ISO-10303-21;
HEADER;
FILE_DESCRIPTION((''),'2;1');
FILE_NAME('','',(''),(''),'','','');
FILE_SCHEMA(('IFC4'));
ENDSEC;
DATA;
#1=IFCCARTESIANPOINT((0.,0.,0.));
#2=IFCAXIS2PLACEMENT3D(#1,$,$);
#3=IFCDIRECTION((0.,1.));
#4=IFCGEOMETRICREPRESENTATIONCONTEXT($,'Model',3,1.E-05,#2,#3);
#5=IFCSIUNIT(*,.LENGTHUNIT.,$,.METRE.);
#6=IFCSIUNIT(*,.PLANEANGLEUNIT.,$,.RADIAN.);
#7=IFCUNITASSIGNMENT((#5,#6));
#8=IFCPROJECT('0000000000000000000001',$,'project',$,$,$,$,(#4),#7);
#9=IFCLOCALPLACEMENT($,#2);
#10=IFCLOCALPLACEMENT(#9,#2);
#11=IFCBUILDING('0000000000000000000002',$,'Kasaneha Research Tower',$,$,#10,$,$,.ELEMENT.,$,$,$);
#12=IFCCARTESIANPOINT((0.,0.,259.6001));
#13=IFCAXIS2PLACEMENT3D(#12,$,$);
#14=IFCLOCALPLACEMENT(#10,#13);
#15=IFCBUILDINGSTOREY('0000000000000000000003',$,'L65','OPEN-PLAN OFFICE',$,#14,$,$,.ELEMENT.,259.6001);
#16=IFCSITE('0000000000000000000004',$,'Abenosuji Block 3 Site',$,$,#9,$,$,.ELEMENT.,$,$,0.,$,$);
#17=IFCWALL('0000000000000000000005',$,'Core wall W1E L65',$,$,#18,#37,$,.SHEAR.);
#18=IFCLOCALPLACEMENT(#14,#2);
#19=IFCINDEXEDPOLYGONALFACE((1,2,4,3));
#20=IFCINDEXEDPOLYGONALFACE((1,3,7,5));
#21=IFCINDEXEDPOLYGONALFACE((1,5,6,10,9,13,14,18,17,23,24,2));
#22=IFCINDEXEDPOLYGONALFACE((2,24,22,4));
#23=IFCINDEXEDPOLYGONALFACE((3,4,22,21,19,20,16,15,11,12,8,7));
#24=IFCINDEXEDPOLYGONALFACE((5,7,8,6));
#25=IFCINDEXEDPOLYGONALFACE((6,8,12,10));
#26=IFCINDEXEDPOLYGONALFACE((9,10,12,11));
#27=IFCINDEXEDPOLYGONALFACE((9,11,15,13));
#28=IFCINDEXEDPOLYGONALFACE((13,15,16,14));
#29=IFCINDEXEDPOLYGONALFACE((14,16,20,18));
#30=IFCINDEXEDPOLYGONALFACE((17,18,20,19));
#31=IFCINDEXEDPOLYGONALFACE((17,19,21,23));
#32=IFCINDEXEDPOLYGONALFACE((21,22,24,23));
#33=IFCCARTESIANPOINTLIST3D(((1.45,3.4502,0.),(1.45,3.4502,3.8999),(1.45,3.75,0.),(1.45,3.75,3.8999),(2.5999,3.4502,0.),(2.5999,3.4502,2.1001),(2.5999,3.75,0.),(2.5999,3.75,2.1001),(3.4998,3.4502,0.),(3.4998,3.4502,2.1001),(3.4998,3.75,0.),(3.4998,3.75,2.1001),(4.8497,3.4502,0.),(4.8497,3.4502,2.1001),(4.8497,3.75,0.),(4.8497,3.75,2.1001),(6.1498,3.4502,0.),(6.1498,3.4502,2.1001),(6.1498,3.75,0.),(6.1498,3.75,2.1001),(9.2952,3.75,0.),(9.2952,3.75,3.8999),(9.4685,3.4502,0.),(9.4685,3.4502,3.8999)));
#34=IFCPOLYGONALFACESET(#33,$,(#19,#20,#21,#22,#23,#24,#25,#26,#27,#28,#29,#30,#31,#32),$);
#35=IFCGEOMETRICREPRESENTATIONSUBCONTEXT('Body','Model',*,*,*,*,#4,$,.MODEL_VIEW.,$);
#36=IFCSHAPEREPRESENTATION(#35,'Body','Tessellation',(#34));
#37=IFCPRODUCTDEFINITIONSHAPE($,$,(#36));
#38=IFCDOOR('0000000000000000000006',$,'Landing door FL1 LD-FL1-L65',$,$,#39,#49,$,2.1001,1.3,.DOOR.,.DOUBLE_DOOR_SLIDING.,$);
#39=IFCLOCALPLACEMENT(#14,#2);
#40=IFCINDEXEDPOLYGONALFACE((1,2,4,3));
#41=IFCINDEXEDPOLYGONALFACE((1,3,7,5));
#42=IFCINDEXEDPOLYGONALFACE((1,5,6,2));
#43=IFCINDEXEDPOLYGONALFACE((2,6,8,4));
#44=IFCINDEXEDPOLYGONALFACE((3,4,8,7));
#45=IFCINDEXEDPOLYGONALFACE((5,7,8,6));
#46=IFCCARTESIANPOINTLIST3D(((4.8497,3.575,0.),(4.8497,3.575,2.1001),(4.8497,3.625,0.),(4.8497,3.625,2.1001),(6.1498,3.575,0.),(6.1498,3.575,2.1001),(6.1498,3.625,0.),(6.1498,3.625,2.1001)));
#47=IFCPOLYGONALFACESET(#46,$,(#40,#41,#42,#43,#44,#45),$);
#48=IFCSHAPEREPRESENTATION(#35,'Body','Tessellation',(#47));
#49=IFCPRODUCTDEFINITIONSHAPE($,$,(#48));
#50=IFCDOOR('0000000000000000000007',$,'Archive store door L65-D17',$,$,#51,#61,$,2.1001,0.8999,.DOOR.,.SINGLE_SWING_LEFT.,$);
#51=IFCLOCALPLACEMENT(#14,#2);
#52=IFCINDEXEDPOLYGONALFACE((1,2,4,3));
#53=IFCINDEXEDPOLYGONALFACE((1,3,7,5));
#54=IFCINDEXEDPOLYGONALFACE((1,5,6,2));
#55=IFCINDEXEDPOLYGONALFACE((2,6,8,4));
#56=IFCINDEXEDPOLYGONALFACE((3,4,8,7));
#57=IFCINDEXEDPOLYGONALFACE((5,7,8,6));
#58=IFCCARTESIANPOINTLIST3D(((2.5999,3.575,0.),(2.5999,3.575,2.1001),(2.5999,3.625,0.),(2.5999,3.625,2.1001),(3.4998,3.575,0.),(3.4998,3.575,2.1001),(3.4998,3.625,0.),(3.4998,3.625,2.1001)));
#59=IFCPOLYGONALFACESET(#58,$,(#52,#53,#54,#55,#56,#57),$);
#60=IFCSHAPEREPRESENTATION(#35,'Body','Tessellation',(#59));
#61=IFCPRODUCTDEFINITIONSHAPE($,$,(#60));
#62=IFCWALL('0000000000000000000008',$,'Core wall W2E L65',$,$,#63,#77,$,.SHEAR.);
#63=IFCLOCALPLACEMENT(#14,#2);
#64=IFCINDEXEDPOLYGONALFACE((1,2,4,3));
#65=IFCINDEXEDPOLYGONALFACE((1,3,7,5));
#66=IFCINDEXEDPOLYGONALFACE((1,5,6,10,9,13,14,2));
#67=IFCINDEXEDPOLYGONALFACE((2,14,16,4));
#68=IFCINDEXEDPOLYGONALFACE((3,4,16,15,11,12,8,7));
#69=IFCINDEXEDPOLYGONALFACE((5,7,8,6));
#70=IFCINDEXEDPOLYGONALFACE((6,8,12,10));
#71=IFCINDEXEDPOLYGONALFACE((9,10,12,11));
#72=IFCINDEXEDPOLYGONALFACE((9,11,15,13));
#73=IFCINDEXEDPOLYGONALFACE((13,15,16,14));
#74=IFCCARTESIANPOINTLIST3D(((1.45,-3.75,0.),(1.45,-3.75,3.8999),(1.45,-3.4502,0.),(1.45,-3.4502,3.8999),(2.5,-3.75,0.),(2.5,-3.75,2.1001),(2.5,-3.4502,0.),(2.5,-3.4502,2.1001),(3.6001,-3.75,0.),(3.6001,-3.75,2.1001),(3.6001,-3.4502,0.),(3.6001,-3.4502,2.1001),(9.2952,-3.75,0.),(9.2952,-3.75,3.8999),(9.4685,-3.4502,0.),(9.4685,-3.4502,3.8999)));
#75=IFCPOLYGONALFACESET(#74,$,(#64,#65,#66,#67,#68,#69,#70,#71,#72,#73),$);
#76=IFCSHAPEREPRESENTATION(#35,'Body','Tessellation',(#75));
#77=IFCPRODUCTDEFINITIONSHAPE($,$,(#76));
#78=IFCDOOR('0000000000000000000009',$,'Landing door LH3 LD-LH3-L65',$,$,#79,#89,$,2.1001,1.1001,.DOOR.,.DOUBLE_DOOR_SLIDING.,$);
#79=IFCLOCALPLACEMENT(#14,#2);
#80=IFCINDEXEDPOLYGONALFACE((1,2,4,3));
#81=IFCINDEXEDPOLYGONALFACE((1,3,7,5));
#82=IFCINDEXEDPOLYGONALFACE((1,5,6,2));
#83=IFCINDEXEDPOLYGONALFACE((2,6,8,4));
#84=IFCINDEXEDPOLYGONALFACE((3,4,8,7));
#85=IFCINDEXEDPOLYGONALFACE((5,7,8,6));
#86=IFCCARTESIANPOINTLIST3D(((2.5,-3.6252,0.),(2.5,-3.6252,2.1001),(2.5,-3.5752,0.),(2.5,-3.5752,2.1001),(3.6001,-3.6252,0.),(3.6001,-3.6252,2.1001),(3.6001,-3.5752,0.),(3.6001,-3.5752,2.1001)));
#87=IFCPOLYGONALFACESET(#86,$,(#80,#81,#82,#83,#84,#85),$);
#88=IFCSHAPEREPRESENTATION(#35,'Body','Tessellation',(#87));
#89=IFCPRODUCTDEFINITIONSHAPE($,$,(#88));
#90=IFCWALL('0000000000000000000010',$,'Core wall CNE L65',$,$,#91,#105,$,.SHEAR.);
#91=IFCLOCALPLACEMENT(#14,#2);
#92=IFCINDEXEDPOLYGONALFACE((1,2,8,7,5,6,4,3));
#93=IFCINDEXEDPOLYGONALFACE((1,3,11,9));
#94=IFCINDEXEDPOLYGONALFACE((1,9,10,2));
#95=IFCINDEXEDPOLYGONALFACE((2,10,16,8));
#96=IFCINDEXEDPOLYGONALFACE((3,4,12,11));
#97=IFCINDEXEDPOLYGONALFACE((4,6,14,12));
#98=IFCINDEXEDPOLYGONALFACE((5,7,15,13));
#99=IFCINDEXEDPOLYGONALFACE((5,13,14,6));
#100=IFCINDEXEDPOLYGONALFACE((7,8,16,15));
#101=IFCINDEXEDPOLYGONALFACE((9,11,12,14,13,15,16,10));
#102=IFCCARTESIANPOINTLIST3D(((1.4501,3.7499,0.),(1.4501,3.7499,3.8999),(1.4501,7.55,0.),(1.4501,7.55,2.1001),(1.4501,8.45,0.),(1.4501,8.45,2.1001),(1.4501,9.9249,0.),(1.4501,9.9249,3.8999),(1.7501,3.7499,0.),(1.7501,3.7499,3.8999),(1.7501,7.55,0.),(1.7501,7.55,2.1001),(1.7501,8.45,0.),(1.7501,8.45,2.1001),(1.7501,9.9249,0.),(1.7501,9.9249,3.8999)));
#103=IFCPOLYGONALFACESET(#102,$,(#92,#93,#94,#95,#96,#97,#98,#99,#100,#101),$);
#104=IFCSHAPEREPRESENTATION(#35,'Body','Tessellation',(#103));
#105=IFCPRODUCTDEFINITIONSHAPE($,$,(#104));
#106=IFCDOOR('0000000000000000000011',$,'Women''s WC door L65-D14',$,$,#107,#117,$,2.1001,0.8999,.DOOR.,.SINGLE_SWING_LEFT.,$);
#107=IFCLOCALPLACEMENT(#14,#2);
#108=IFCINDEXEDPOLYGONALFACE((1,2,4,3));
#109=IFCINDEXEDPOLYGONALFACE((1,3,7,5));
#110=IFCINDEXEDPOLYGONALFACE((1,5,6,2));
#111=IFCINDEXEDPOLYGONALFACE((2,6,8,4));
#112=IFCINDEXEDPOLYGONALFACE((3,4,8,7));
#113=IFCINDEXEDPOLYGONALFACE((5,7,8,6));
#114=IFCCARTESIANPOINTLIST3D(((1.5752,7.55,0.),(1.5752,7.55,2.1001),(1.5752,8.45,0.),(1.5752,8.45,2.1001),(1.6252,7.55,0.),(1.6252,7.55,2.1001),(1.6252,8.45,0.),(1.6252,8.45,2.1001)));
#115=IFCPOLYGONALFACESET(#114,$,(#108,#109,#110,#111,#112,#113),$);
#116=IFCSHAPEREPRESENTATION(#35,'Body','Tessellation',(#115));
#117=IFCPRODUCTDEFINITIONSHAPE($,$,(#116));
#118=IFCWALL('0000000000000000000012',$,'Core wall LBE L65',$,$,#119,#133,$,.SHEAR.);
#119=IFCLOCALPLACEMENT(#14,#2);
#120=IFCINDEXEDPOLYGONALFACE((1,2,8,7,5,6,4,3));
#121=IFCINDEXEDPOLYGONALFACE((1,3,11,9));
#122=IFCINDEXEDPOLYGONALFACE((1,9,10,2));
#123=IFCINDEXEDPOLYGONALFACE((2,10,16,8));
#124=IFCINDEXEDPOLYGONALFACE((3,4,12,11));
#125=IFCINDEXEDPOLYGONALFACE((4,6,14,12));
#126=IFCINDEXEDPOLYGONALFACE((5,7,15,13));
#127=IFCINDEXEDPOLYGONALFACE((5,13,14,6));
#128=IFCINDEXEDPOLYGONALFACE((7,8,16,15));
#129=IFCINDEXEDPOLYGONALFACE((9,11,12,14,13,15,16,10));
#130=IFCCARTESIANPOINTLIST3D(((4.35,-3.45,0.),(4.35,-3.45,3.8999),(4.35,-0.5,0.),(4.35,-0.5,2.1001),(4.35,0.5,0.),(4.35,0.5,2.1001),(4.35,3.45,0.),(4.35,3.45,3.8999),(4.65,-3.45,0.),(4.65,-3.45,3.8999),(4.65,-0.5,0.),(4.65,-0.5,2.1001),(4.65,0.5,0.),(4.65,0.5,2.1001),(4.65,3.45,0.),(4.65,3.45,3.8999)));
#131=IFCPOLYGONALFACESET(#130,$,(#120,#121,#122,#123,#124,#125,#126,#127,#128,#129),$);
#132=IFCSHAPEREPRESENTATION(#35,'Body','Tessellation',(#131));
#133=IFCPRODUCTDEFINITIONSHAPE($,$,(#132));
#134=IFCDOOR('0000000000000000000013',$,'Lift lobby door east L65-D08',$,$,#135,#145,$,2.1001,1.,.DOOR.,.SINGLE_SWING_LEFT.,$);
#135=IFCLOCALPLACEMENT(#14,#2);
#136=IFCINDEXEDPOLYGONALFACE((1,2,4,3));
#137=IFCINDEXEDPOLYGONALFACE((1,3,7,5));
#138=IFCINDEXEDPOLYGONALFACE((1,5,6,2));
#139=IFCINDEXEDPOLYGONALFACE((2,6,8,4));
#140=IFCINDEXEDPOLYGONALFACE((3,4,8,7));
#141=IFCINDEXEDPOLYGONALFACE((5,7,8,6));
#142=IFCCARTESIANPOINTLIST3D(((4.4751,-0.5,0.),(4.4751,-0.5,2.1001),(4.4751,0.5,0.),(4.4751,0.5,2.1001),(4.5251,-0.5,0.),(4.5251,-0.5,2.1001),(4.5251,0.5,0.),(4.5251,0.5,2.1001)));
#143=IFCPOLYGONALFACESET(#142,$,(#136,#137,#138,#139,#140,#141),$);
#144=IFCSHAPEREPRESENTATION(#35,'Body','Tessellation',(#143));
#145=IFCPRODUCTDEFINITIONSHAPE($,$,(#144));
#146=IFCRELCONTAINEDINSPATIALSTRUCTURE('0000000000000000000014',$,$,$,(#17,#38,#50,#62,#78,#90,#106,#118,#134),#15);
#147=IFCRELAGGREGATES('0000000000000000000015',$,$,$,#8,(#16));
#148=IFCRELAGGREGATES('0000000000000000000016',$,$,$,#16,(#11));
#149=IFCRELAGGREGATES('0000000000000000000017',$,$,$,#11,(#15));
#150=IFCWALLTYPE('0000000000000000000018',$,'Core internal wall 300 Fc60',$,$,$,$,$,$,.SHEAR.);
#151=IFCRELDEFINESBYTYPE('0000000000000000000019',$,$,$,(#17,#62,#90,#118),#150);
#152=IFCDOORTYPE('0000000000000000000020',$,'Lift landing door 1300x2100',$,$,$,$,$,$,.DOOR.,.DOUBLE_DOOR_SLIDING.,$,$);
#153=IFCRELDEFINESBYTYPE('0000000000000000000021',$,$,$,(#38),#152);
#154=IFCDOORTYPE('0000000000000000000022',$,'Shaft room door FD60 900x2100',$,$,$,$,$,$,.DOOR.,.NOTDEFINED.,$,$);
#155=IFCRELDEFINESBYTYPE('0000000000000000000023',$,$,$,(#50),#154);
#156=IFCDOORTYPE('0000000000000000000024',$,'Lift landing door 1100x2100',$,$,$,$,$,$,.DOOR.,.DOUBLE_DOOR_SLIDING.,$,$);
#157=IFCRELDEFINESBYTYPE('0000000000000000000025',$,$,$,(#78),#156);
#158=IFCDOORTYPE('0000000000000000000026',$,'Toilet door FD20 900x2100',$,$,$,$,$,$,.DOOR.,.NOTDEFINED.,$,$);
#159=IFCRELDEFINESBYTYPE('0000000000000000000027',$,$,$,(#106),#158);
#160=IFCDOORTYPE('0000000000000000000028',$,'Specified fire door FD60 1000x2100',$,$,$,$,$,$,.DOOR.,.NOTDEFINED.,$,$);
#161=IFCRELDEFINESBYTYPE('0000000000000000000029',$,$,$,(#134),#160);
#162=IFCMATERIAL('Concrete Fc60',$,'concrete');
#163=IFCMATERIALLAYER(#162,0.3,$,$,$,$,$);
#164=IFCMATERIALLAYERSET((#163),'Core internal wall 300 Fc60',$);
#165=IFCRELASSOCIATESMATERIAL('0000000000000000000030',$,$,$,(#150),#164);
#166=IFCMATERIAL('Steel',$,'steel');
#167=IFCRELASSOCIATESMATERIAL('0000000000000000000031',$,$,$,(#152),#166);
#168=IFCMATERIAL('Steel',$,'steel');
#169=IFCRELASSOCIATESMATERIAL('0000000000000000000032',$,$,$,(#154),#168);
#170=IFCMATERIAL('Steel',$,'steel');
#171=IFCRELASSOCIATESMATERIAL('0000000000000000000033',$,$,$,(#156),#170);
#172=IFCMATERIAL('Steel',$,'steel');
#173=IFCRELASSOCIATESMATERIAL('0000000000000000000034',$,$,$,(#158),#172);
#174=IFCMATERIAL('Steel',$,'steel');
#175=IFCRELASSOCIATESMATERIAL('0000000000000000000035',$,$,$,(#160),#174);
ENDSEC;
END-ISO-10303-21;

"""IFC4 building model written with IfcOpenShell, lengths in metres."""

from ifc_helpers import new_model, si_unit, direction, frame, frame_2d, origin, place, context, subcontext, project, spatial, polyline, rectangle, outline, extrude, material, layer, layer_set, type_object, element, fill, save


model = new_model("IFC4")

# Units and contexts
model_context = context("Model", 3, precision=1e-05, world=origin(), true_north=direction((0.0, 1.0)))
body_context = subcontext(model_context, "Body", "Model", "MODEL_VIEW")
ifc_project = project(units=[si_unit("LENGTHUNIT", "METRE"), si_unit("PLANEANGLEUNIT", "RADIAN")], contexts=[model_context])

# Site, building, storey
site_placement = place(None, origin())
site = spatial("IfcSite", under=ifc_project, at=site_placement, Name="Abenosuji Block 3 Site", CompositionType="ELEMENT", RefElevation=0.0)
building_placement = place(site_placement, origin())
building = spatial("IfcBuilding", under=site, at=building_placement, Name="Kasaneha Research Tower", CompositionType="ELEMENT")
storey_placement = place(building_placement, frame((0.0, 0.0, 259.6001)))
storey = spatial("IfcBuildingStorey", under=building, at=storey_placement, Name="L65", Description="OPEN-PLAN OFFICE", CompositionType="ELEMENT", Elevation=259.6001)

# Wall, openings, doors
ifc_material_1 = material(Name="Concrete Fc60", Category="concrete")
ifc_layer_1 = layer(ifc_material_1, 0.3)
ifc_layer_set_1 = layer_set([ifc_layer_1], Name="Core internal wall 300 Fc60")
wall_type_1 = type_object("IfcWallType", Name="Core internal wall 300 Fc60", PredefinedType="SHEAR", material=ifc_layer_set_1)
wall_1_placement = place(storey_placement, frame((1.45, 3.6001, 0.0), z_axis=(0.0, 0.0, 1.0), x_axis=(1.0, 0.0, 0.0)))
wall_1 = element("IfcWall", 1, at=wall_1_placement, inside=storey, type_object=wall_type_1, Name="Core wall W1E L65", PredefinedType="SHEAR", context=body_context, shape_type="SweptSolid", body=[
    extrude(outline(polyline([(0.0, -0.1499), (1.1499, -0.1499), (2.0498, -0.1499), (3.3999, -0.1499), (4.7, -0.1499), (8.0186, -0.1499), (7.8452, 0.1499), (4.7, 0.1499), (3.3999, 0.1499), (2.0498, 0.1499), (1.1499, 0.1499), (0.0, 0.1499), (0.0, -0.1499)])), origin(), (0.0, 0.0, 1.0), 3.8999),
])
opening_1_placement = place(wall_1_placement, frame((1.1499, 0.0, 0.0)))
opening_1 = element("IfcOpeningElement", 2, at=opening_1_placement, cuts=wall_1, PredefinedType="OPENING", context=body_context, shape_type="SweptSolid", body=[
    extrude(rectangle(XDim=0.8999, YDim=2.1001, at=frame_2d((0.45, 1.05))), frame((0.0, 0.1602, 0.0), z_axis=(0.0, -1.0, 0.0), x_axis=(1.0, 0.0, 0.0)), (0.0, 0.0, 1.0), 0.3201),
])
opening_2_placement = place(wall_1_placement, frame((3.3999, 0.0, 0.0)))
opening_2 = element("IfcOpeningElement", 3, at=opening_2_placement, cuts=wall_1, PredefinedType="OPENING", context=body_context, shape_type="SweptSolid", body=[
    extrude(rectangle(XDim=1.3, YDim=2.1001, at=frame_2d((0.6499, 1.05))), frame((0.0, 0.1602, 0.0), z_axis=(0.0, -1.0, 0.0), x_axis=(1.0, 0.0, 0.0)), (0.0, 0.0, 1.0), 0.3201),
])
ifc_material_2 = material(Name="Steel", Category="steel")
door_type_1 = type_object("IfcDoorType", Name="Lift landing door 1300x2100", OperationType="DOUBLE_DOOR_SLIDING", PredefinedType="DOOR", material=ifc_material_2)
door_1_placement = place(opening_2_placement, origin())
door_1 = element("IfcDoor", 4, at=door_1_placement, inside=storey, type_object=door_type_1, Name="Landing door FL1 LD-FL1-L65", OperationType="DOUBLE_DOOR_SLIDING", OverallHeight=2.1001, OverallWidth=1.3, PredefinedType="DOOR", context=body_context, shape_type="SweptSolid", body=[
    extrude(rectangle(XDim=1.3, YDim=2.1001, at=frame_2d((0.6499, 1.05))), frame((0.0, 0.0249, 0.0), z_axis=(0.0, -1.0, 0.0), x_axis=(1.0, 0.0, 0.0)), (0.0, 0.0, 1.0), 0.05),
])
fill(opening_2, door_1)
ifc_material_3 = material(Name="Steel", Category="steel")
door_type_2 = type_object("IfcDoorType", Name="Shaft room door FD60 900x2100", OperationType="NOTDEFINED", PredefinedType="DOOR", material=ifc_material_3)
door_2_placement = place(opening_1_placement, origin())
door_2 = element("IfcDoor", 5, at=door_2_placement, inside=storey, type_object=door_type_2, Name="Archive store door L65-D17", OperationType="SINGLE_SWING_LEFT", OverallHeight=2.1001, OverallWidth=0.8999, PredefinedType="DOOR", context=body_context, shape_type="SweptSolid", body=[
    extrude(rectangle(XDim=0.8999, YDim=2.1001, at=frame_2d((0.45, 1.05))), frame((0.0, 0.0249, 0.0), z_axis=(0.0, -1.0, 0.0), x_axis=(1.0, 0.0, 0.0)), (0.0, 0.0, 1.0), 0.05),
])
fill(opening_1, door_2)

# Walls, openings, doors
wall_2_placement = place(storey_placement, frame((1.45, -3.6001, 0.0), z_axis=(0.0, 0.0, 1.0), x_axis=(1.0, 0.0, 0.0)))
wall_2 = element("IfcWall", 6, at=wall_2_placement, inside=storey, type_object=wall_type_1, Name="Core wall W2E L65", PredefinedType="SHEAR", context=body_context, shape_type="SweptSolid", body=[
    extrude(outline(polyline([(0.0, -0.1499), (1.05, -0.1499), (2.1501, -0.1499), (7.8452, -0.1499), (8.0186, 0.1499), (2.1501, 0.1499), (1.05, 0.1499), (0.0, 0.1499), (0.0, -0.1499)])), origin(), (0.0, 0.0, 1.0), 3.8999),
])
opening_3_placement = place(wall_2_placement, frame((1.05, 0.0, 0.0)))
opening_3 = element("IfcOpeningElement", 7, at=opening_3_placement, cuts=wall_2, PredefinedType="OPENING", context=body_context, shape_type="SweptSolid", body=[
    extrude(rectangle(XDim=1.1001, YDim=2.1001, at=frame_2d((0.55, 1.05))), frame((0.0, 0.1602, 0.0), z_axis=(0.0, -1.0, 0.0), x_axis=(1.0, 0.0, 0.0)), (0.0, 0.0, 1.0), 0.3201),
])
ifc_material_4 = material(Name="Steel", Category="steel")
door_type_3 = type_object("IfcDoorType", Name="Lift landing door 1100x2100", OperationType="DOUBLE_DOOR_SLIDING", PredefinedType="DOOR", material=ifc_material_4)
door_3_placement = place(opening_3_placement, origin())
door_3 = element("IfcDoor", 8, at=door_3_placement, inside=storey, type_object=door_type_3, Name="Landing door LH3 LD-LH3-L65", OperationType="DOUBLE_DOOR_SLIDING", OverallHeight=2.1001, OverallWidth=1.1001, PredefinedType="DOOR", context=body_context, shape_type="SweptSolid", body=[
    extrude(rectangle(XDim=1.1001, YDim=2.1001, at=frame_2d((0.55, 1.05))), frame((0.0, 0.0249, 0.0), z_axis=(0.0, -1.0, 0.0), x_axis=(1.0, 0.0, 0.0)), (0.0, 0.0, 1.0), 0.05),
])
fill(opening_3, door_3)
wall_3_placement = place(storey_placement, frame((1.6001, 3.75, 0.0), z_axis=(0.0, 0.0, 1.0), x_axis=(0.0, 1.0, 0.0)))
wall_3 = element("IfcWall", 9, at=wall_3_placement, inside=storey, type_object=wall_type_1, Name="Core wall CNE L65", PredefinedType="SHEAR", context=body_context, shape_type="SweptSolid", body=[
    extrude(rectangle(XDim=6.175, YDim=0.3, at=frame_2d((3.0874, 0.0))), origin(), (0.0, 0.0, 1.0), 3.8999),
])
opening_4_placement = place(wall_3_placement, frame((3.8, 0.0, 0.0)))
opening_4 = element("IfcOpeningElement", 10, at=opening_4_placement, cuts=wall_3, PredefinedType="OPENING", context=body_context, shape_type="SweptSolid", body=[
    extrude(rectangle(XDim=0.8999, YDim=2.1001, at=frame_2d((0.45, 1.05))), frame((0.0, 0.1602, 0.0), z_axis=(0.0, -1.0, 0.0), x_axis=(1.0, 0.0, 0.0)), (0.0, 0.0, 1.0), 0.3201),
])
ifc_material_5 = material(Name="Steel", Category="steel")
door_type_4 = type_object("IfcDoorType", Name="Toilet door FD20 900x2100", OperationType="NOTDEFINED", PredefinedType="DOOR", material=ifc_material_5)
door_4_placement = place(opening_4_placement, origin())
door_4 = element("IfcDoor", 11, at=door_4_placement, inside=storey, type_object=door_type_4, Name="Women's WC door L65-D14", OperationType="SINGLE_SWING_LEFT", OverallHeight=2.1001, OverallWidth=0.8999, PredefinedType="DOOR", context=body_context, shape_type="SweptSolid", body=[
    extrude(rectangle(XDim=0.8999, YDim=2.1001, at=frame_2d((0.45, 1.05))), frame((0.0, 0.0249, 0.0), z_axis=(0.0, -1.0, 0.0), x_axis=(1.0, 0.0, 0.0)), (0.0, 0.0, 1.0), 0.05),
])
fill(opening_4, door_4)
wall_4_placement = place(storey_placement, frame((4.5, -3.45, 0.0), z_axis=(0.0, 0.0, 1.0), x_axis=(0.0, 1.0, 0.0)))
wall_4 = element("IfcWall", 12, at=wall_4_placement, inside=storey, type_object=wall_type_1, Name="Core wall LBE L65", PredefinedType="SHEAR", context=body_context, shape_type="SweptSolid", body=[
    extrude(rectangle(XDim=6.8999, YDim=0.3, at=frame_2d((3.45, 0.0))), origin(), (0.0, 0.0, 1.0), 3.8999),
])
opening_5_placement = place(wall_4_placement, frame((2.95, 0.0, 0.0)))
opening_5 = element("IfcOpeningElement", 13, at=opening_5_placement, cuts=wall_4, PredefinedType="OPENING", context=body_context, shape_type="SweptSolid", body=[
    extrude(rectangle(XDim=1.0, YDim=2.1001, at=frame_2d((0.5, 1.05))), frame((0.0, 0.1602, 0.0), z_axis=(0.0, -1.0, 0.0), x_axis=(1.0, 0.0, 0.0)), (0.0, 0.0, 1.0), 0.3201),
])
ifc_material_6 = material(Name="Steel", Category="steel")
door_type_5 = type_object("IfcDoorType", Name="Specified fire door FD60 1000x2100", OperationType="NOTDEFINED", PredefinedType="DOOR", material=ifc_material_6)
door_5_placement = place(opening_5_placement, origin())
door_5 = element("IfcDoor", 14, at=door_5_placement, inside=storey, type_object=door_type_5, Name="Lift lobby door east L65-D08", OperationType="SINGLE_SWING_LEFT", OverallHeight=2.1001, OverallWidth=1.0, PredefinedType="DOOR", context=body_context, shape_type="SweptSolid", body=[
    extrude(rectangle(XDim=1.0, YDim=2.1001, at=frame_2d((0.5, 1.05))), frame((0.0, 0.0249, 0.0), z_axis=(0.0, -1.0, 0.0), x_axis=(1.0, 0.0, 0.0)), (0.0, 0.0, 1.0), 0.05),
])
fill(opening_5, door_5)

save(model, "model.ifc")
